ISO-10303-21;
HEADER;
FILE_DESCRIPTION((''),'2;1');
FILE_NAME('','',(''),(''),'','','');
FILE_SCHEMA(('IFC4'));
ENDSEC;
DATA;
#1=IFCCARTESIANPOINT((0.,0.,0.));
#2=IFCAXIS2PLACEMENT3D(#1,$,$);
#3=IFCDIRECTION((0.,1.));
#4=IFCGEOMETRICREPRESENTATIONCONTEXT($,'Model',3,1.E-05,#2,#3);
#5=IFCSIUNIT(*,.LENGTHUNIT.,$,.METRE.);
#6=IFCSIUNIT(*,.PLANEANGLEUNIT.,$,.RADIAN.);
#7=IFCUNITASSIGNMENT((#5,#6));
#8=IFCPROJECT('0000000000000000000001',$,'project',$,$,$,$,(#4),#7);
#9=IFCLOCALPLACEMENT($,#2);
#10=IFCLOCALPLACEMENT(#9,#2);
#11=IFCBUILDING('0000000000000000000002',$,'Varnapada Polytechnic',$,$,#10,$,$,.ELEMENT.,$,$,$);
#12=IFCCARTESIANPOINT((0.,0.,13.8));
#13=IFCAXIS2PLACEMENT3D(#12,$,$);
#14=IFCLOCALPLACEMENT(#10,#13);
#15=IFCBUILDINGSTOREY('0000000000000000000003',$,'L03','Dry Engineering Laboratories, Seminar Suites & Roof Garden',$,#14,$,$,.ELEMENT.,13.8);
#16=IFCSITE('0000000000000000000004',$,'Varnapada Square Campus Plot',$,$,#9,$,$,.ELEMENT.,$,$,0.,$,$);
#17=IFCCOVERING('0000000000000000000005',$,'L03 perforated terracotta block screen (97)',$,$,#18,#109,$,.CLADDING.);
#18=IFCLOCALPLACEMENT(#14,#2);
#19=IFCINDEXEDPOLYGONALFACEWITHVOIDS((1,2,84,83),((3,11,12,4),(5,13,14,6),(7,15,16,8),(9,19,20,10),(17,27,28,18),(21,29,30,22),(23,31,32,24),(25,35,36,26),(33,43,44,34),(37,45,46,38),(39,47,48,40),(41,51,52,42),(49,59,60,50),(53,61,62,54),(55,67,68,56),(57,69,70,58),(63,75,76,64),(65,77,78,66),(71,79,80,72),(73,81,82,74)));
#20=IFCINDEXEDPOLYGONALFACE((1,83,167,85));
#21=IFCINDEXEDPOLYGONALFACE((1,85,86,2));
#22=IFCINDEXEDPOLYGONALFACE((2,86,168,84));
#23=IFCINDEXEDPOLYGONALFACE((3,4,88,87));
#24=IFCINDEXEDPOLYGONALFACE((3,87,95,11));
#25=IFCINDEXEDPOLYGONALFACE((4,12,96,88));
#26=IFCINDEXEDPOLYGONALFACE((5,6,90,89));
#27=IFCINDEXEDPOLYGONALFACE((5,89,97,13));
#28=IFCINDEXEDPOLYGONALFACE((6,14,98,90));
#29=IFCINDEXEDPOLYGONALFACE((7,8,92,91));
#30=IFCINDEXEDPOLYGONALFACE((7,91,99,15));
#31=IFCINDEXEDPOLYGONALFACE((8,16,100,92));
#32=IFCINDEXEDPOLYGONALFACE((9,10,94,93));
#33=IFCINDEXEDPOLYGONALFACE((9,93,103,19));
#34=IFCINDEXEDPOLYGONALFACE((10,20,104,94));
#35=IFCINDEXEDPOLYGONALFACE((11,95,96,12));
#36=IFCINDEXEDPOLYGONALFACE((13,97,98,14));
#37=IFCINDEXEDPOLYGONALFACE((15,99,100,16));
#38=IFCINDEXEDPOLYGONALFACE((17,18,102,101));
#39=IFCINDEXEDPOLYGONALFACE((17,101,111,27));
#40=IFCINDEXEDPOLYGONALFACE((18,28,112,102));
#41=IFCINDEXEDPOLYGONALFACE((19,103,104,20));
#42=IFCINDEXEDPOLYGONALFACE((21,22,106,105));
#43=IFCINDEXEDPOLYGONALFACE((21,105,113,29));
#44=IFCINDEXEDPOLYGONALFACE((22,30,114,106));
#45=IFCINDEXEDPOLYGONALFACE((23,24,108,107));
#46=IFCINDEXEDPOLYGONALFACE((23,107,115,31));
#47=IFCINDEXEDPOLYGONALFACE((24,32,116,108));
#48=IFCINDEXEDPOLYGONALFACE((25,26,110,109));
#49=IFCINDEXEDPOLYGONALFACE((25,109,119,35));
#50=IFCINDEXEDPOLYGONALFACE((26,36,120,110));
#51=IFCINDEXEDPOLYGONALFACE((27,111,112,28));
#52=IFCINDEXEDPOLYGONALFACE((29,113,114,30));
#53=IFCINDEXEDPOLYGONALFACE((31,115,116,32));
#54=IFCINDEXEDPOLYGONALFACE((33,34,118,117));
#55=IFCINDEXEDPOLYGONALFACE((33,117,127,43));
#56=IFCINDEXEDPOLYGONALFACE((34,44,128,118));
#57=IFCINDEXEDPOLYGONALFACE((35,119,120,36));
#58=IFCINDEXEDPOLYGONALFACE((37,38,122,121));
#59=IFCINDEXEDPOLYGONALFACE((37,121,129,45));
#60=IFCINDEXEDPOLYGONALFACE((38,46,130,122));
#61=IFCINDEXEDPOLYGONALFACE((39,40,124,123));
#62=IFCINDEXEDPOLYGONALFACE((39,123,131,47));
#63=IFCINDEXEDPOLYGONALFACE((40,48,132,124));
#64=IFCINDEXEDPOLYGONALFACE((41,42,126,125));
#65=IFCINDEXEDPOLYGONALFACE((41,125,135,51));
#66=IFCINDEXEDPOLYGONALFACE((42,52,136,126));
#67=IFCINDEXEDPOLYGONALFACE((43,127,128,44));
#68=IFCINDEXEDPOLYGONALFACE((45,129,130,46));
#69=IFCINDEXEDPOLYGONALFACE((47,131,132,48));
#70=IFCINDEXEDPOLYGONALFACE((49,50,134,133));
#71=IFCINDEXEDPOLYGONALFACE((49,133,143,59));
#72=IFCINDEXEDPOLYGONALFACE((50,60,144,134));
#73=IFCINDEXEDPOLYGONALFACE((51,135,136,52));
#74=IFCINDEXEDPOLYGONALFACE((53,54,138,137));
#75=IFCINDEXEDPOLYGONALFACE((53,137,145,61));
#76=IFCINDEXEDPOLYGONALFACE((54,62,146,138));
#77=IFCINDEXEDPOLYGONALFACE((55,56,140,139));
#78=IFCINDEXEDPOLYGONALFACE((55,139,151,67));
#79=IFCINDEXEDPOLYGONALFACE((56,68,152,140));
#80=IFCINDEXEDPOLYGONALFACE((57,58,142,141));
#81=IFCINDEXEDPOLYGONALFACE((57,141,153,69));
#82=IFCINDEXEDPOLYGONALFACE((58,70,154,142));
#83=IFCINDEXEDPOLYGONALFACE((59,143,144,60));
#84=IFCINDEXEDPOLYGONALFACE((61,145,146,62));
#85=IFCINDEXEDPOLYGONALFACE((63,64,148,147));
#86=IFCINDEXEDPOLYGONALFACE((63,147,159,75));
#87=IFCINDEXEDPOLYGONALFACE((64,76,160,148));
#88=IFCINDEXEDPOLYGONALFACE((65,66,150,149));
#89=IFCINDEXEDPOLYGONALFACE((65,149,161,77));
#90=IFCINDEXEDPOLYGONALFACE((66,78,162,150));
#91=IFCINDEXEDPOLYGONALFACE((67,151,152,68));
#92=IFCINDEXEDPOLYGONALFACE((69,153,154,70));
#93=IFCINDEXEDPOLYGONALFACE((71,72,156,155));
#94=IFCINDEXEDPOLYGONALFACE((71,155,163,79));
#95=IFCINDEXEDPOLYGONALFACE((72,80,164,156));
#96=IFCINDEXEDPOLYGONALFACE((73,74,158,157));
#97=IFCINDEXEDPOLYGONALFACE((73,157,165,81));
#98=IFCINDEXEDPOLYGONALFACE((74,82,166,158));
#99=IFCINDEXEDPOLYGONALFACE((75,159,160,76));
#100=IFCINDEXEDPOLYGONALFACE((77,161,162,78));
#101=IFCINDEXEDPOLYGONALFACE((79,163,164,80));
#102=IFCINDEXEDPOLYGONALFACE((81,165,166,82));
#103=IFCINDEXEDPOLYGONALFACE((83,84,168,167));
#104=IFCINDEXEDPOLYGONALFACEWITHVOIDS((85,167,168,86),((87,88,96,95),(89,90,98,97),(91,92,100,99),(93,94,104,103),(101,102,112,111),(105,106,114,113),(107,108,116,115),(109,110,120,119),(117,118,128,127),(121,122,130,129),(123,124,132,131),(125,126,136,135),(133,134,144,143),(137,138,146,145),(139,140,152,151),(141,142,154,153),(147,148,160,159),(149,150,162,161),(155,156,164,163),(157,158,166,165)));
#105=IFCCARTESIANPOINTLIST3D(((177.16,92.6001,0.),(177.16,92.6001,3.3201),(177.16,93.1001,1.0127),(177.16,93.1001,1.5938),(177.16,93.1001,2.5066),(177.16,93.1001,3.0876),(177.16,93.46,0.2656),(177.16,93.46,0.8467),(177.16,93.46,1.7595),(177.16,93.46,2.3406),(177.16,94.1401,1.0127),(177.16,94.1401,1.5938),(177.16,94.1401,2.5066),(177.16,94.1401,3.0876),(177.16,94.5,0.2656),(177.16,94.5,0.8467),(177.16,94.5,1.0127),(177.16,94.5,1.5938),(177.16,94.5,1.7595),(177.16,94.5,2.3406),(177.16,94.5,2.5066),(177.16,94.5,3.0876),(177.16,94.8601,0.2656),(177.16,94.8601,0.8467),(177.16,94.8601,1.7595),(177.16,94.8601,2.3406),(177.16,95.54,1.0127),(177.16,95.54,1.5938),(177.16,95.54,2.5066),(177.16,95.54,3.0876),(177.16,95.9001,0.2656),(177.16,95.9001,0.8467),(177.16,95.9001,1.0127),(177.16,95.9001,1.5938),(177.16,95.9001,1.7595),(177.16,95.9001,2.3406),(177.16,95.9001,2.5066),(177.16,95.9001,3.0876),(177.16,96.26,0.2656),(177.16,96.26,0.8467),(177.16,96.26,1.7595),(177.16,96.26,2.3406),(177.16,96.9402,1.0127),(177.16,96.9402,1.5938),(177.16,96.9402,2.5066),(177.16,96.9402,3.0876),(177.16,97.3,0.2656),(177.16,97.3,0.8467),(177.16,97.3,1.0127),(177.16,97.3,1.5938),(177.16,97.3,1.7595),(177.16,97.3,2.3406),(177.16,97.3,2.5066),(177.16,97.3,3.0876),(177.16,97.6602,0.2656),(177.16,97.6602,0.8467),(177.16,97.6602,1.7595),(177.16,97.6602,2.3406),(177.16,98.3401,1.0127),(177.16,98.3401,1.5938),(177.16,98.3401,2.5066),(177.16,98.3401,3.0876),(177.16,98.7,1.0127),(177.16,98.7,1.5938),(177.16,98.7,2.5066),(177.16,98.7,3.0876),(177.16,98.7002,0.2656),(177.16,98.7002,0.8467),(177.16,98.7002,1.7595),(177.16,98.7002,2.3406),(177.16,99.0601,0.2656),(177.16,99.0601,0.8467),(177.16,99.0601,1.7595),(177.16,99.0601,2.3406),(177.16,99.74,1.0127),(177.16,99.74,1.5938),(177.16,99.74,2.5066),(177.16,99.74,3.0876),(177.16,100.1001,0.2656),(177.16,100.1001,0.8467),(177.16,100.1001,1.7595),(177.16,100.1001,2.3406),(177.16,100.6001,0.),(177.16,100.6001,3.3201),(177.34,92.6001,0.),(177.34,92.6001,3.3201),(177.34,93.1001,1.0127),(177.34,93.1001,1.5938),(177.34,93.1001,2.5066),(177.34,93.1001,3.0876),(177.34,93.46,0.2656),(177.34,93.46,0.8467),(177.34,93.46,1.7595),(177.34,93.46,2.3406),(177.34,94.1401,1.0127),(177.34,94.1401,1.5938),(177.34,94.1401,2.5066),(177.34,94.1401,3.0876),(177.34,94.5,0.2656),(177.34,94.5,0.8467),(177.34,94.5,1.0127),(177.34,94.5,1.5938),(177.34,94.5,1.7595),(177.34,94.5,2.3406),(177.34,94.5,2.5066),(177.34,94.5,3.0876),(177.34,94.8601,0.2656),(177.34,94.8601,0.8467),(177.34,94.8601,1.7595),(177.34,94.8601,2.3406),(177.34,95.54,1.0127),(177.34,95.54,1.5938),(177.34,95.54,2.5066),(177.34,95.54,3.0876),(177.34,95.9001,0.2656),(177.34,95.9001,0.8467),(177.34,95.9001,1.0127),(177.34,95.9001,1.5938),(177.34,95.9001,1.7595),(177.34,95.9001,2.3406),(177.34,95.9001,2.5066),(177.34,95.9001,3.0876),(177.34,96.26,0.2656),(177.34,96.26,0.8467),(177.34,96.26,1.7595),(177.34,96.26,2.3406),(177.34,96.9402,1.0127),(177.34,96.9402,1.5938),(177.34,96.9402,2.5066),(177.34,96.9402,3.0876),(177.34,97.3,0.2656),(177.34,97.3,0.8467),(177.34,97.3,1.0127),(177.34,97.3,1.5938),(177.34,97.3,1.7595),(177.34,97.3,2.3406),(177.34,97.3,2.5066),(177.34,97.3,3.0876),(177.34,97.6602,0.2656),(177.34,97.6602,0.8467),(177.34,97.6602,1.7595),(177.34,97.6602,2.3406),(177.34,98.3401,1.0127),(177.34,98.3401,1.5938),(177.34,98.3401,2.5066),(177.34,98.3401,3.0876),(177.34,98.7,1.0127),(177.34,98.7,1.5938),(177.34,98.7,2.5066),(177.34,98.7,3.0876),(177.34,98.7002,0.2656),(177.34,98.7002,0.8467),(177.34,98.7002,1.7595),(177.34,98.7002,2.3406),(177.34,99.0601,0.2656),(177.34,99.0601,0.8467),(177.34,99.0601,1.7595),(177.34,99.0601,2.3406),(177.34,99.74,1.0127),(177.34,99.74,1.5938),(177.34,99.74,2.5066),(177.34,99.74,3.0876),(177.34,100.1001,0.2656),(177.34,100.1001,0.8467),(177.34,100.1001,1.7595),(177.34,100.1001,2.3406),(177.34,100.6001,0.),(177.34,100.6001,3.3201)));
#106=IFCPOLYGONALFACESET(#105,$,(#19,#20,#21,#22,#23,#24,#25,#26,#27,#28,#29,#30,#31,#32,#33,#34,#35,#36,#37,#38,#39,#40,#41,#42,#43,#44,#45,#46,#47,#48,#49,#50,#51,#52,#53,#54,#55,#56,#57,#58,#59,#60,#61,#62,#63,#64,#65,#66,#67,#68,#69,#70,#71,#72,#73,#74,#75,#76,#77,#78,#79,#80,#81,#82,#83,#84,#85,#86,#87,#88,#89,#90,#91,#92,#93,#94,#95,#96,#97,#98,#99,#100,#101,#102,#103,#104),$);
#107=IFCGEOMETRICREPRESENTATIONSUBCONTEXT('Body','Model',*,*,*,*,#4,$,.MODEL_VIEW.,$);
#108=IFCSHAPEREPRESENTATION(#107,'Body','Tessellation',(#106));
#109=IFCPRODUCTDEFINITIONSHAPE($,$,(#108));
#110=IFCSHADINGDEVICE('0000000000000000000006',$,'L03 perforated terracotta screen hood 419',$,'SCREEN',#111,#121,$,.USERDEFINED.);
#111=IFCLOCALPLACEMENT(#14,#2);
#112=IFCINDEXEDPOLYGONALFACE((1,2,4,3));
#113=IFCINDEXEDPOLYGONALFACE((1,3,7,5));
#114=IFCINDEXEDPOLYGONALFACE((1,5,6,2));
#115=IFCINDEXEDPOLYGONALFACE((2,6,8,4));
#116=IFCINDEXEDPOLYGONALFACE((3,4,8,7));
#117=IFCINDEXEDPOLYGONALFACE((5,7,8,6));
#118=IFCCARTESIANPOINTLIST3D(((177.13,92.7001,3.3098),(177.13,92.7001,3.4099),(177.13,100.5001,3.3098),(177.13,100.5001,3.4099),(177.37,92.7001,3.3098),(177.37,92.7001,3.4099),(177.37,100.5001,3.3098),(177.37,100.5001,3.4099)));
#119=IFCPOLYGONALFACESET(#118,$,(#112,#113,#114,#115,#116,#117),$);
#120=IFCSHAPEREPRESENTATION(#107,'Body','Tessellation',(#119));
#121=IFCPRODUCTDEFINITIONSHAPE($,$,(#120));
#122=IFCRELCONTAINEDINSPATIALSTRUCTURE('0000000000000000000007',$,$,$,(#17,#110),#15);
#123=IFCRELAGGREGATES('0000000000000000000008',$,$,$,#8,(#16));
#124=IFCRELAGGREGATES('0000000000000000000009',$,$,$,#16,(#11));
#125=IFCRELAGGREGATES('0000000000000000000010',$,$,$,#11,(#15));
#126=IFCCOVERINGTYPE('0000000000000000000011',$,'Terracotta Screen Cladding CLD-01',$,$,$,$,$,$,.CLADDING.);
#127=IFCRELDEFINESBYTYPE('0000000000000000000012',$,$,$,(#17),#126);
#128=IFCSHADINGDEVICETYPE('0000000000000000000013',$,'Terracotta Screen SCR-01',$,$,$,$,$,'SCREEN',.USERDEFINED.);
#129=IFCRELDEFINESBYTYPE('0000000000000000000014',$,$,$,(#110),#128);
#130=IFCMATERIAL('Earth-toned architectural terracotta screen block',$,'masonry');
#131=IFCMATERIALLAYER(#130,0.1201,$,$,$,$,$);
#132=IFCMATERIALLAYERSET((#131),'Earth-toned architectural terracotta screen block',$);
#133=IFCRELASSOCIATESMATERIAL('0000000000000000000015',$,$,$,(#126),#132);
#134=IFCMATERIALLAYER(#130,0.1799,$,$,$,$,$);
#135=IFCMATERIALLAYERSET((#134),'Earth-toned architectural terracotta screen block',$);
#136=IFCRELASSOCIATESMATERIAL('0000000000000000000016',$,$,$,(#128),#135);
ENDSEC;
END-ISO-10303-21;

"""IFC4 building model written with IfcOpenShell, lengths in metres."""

from ifc_helpers import new_model, si_unit, direction, frame, frame_2d, origin, origin_2d, place, context, subcontext, project, spatial, rectangle, extrude, material, layer, layer_set, type_object, element, save


model = new_model("IFC4")

# Units and contexts
model_context = context("Model", 3, precision=1e-05, world=origin(), true_north=direction((0.0, 1.0)))
body_context = subcontext(model_context, "Body", "Model", "MODEL_VIEW")
ifc_project = project(units=[si_unit("LENGTHUNIT", "METRE"), si_unit("PLANEANGLEUNIT", "RADIAN")], contexts=[model_context])

# Site, building, storey
site_placement = place(None, origin())
site = spatial("IfcSite", under=ifc_project, at=site_placement, Name="Varnapada Square Campus Plot", CompositionType="ELEMENT", RefElevation=0.0)
building_placement = place(site_placement, origin())
building = spatial("IfcBuilding", under=site, at=building_placement, Name="Varnapada Polytechnic", CompositionType="ELEMENT")
storey_placement = place(building_placement, frame((0.0, 0.0, 13.8)))
storey = spatial("IfcBuildingStorey", under=building, at=storey_placement, Name="L03", Description="Dry Engineering Laboratories, Seminar Suites & Roof Garden", CompositionType="ELEMENT", Elevation=13.8)

# Covering, openings
ifc_material_1 = material(Name="Earth-toned architectural terracotta screen block", Category="masonry")
ifc_layer_1 = layer(ifc_material_1, 0.1201)
ifc_layer_set_1 = layer_set([ifc_layer_1], Name="Earth-toned architectural terracotta screen block")
covering_type_1 = type_object("IfcCoveringType", Name="Terracotta Screen Cladding CLD-01", PredefinedType="CLADDING", material=ifc_layer_set_1)
covering_1_placement = place(storey_placement, frame((177.25, 100.6001, 0.0), z_axis=(0.0, 0.0, 1.0), x_axis=(0.0, -1.0, 0.0)))
covering_1 = element("IfcCovering", 1, at=covering_1_placement, inside=storey, type_object=covering_type_1, Name="L03 perforated terracotta block screen (97)", PredefinedType="CLADDING", context=body_context, shape_type="SweptSolid", body=[
    extrude(rectangle(XDim=8.0, YDim=0.1799, at=frame_2d((4.0, 0.0))), origin(), (0.0, 0.0, 1.0), 3.3201),
])
opening_1_placement = place(covering_1_placement, frame((0.5, 0.0, 0.2656)))
element("IfcOpeningElement", 2, at=opening_1_placement, cuts=covering_1, PredefinedType="OPENING", context=body_context, shape_type="SweptSolid", body=[
    extrude(rectangle(XDim=1.04, YDim=0.5811, at=frame_2d((0.52, 0.2905))), frame((0.0, 0.0999, 0.0), z_axis=(0.0, -1.0, 0.0), x_axis=(1.0, 0.0, 0.0)), (0.0, 0.0, 1.0), 0.2),
])
opening_2_placement = place(covering_1_placement, frame((1.8999, 0.0, 0.2656)))
element("IfcOpeningElement", 3, at=opening_2_placement, cuts=covering_1, PredefinedType="OPENING", context=body_context, shape_type="SweptSolid", body=[
    extrude(rectangle(XDim=1.04, YDim=0.5811, at=frame_2d((0.52, 0.2905))), frame((0.0, 0.0999, 0.0), z_axis=(0.0, -1.0, 0.0), x_axis=(1.0, 0.0, 0.0)), (0.0, 0.0, 1.0), 0.2),
])
opening_3_placement = place(covering_1_placement, frame((3.3, 0.0, 0.2656)))
element("IfcOpeningElement", 4, at=opening_3_placement, cuts=covering_1, PredefinedType="OPENING", context=body_context, shape_type="SweptSolid", body=[
    extrude(rectangle(XDim=1.04, YDim=0.5811, at=frame_2d((0.52, 0.2905))), frame((0.0, 0.0999, 0.0), z_axis=(0.0, -1.0, 0.0), x_axis=(1.0, 0.0, 0.0)), (0.0, 0.0, 1.0), 0.2),
])
opening_4_placement = place(covering_1_placement, frame((4.7, 0.0, 0.2656)))
element("IfcOpeningElement", 5, at=opening_4_placement, cuts=covering_1, PredefinedType="OPENING", context=body_context, shape_type="SweptSolid", body=[
    extrude(rectangle(XDim=1.04, YDim=0.5811, at=frame_2d((0.52, 0.2905))), frame((0.0, 0.0999, 0.0), z_axis=(0.0, -1.0, 0.0), x_axis=(1.0, 0.0, 0.0)), (0.0, 0.0, 1.0), 0.2),
])
opening_5_placement = place(covering_1_placement, frame((6.1001, 0.0, 0.2656)))
element("IfcOpeningElement", 6, at=opening_5_placement, cuts=covering_1, PredefinedType="OPENING", context=body_context, shape_type="SweptSolid", body=[
    extrude(rectangle(XDim=1.04, YDim=0.5811, at=frame_2d((0.52, 0.2905))), frame((0.0, 0.0999, 0.0), z_axis=(0.0, -1.0, 0.0), x_axis=(1.0, 0.0, 0.0)), (0.0, 0.0, 1.0), 0.2),
])
opening_6_placement = place(covering_1_placement, frame((0.8601, 0.0, 1.0127)))
element("IfcOpeningElement", 7, at=opening_6_placement, cuts=covering_1, PredefinedType="OPENING", context=body_context, shape_type="SweptSolid", body=[
    extrude(rectangle(XDim=1.04, YDim=0.5811, at=frame_2d((0.52, 0.2905))), frame((0.0, 0.0999, 0.0), z_axis=(0.0, -1.0, 0.0), x_axis=(1.0, 0.0, 0.0)), (0.0, 0.0, 1.0), 0.2),
])
opening_7_placement = place(covering_1_placement, frame((2.26, 0.0, 1.0127)))
element("IfcOpeningElement", 8, at=opening_7_placement, cuts=covering_1, PredefinedType="OPENING", context=body_context, shape_type="SweptSolid", body=[
    extrude(rectangle(XDim=1.04, YDim=0.5811, at=frame_2d((0.52, 0.2905))), frame((0.0, 0.0999, 0.0), z_axis=(0.0, -1.0, 0.0), x_axis=(1.0, 0.0, 0.0)), (0.0, 0.0, 1.0), 0.2),
])
opening_8_placement = place(covering_1_placement, frame((3.6599, 0.0, 1.0127)))
element("IfcOpeningElement", 9, at=opening_8_placement, cuts=covering_1, PredefinedType="OPENING", context=body_context, shape_type="SweptSolid", body=[
    extrude(rectangle(XDim=1.04, YDim=0.5811, at=frame_2d((0.52, 0.2905))), frame((0.0, 0.0999, 0.0), z_axis=(0.0, -1.0, 0.0), x_axis=(1.0, 0.0, 0.0)), (0.0, 0.0, 1.0), 0.2),
])
opening_9_placement = place(covering_1_placement, frame((5.0601, 0.0, 1.0127)))
element("IfcOpeningElement", 10, at=opening_9_placement, cuts=covering_1, PredefinedType="OPENING", context=body_context, shape_type="SweptSolid", body=[
    extrude(rectangle(XDim=1.04, YDim=0.5811, at=frame_2d((0.52, 0.2905))), frame((0.0, 0.0999, 0.0), z_axis=(0.0, -1.0, 0.0), x_axis=(1.0, 0.0, 0.0)), (0.0, 0.0, 1.0), 0.2),
])
opening_10_placement = place(covering_1_placement, frame((6.46, 0.0, 1.0127)))
element("IfcOpeningElement", 11, at=opening_10_placement, cuts=covering_1, PredefinedType="OPENING", context=body_context, shape_type="SweptSolid", body=[
    extrude(rectangle(XDim=1.04, YDim=0.5811, at=frame_2d((0.52, 0.2905))), frame((0.0, 0.0999, 0.0), z_axis=(0.0, -1.0, 0.0), x_axis=(1.0, 0.0, 0.0)), (0.0, 0.0, 1.0), 0.2),
])
opening_11_placement = place(covering_1_placement, frame((0.5, 0.0, 1.7595)))
element("IfcOpeningElement", 12, at=opening_11_placement, cuts=covering_1, PredefinedType="OPENING", context=body_context, shape_type="SweptSolid", body=[
    extrude(rectangle(XDim=1.04, YDim=0.5811, at=frame_2d((0.52, 0.2905))), frame((0.0, 0.0999, 0.0), z_axis=(0.0, -1.0, 0.0), x_axis=(1.0, 0.0, 0.0)), (0.0, 0.0, 1.0), 0.2),
])
opening_12_placement = place(covering_1_placement, frame((1.8999, 0.0, 1.7595)))
element("IfcOpeningElement", 13, at=opening_12_placement, cuts=covering_1, PredefinedType="OPENING", context=body_context, shape_type="SweptSolid", body=[
    extrude(rectangle(XDim=1.04, YDim=0.5811, at=frame_2d((0.52, 0.2905))), frame((0.0, 0.0999, 0.0), z_axis=(0.0, -1.0, 0.0), x_axis=(1.0, 0.0, 0.0)), (0.0, 0.0, 1.0), 0.2),
])
opening_13_placement = place(covering_1_placement, frame((3.3, 0.0, 1.7595)))
element("IfcOpeningElement", 14, at=opening_13_placement, cuts=covering_1, PredefinedType="OPENING", context=body_context, shape_type="SweptSolid", body=[
    extrude(rectangle(XDim=1.04, YDim=0.5811, at=frame_2d((0.52, 0.2905))), frame((0.0, 0.0999, 0.0), z_axis=(0.0, -1.0, 0.0), x_axis=(1.0, 0.0, 0.0)), (0.0, 0.0, 1.0), 0.2),
])
opening_14_placement = place(covering_1_placement, frame((4.7, 0.0, 1.7595)))
element("IfcOpeningElement", 15, at=opening_14_placement, cuts=covering_1, PredefinedType="OPENING", context=body_context, shape_type="SweptSolid", body=[
    extrude(rectangle(XDim=1.04, YDim=0.5811, at=frame_2d((0.52, 0.2905))), frame((0.0, 0.0999, 0.0), z_axis=(0.0, -1.0, 0.0), x_axis=(1.0, 0.0, 0.0)), (0.0, 0.0, 1.0), 0.2),
])
opening_15_placement = place(covering_1_placement, frame((6.1001, 0.0, 1.7595)))
element("IfcOpeningElement", 16, at=opening_15_placement, cuts=covering_1, PredefinedType="OPENING", context=body_context, shape_type="SweptSolid", body=[
    extrude(rectangle(XDim=1.04, YDim=0.5811, at=frame_2d((0.52, 0.2905))), frame((0.0, 0.0999, 0.0), z_axis=(0.0, -1.0, 0.0), x_axis=(1.0, 0.0, 0.0)), (0.0, 0.0, 1.0), 0.2),
])
opening_16_placement = place(covering_1_placement, frame((0.8601, 0.0, 2.5066)))
element("IfcOpeningElement", 17, at=opening_16_placement, cuts=covering_1, PredefinedType="OPENING", context=body_context, shape_type="SweptSolid", body=[
    extrude(rectangle(XDim=1.04, YDim=0.5811, at=frame_2d((0.52, 0.2905))), frame((0.0, 0.0999, 0.0), z_axis=(0.0, -1.0, 0.0), x_axis=(1.0, 0.0, 0.0)), (0.0, 0.0, 1.0), 0.2),
])
opening_17_placement = place(covering_1_placement, frame((2.26, 0.0, 2.5066)))
element("IfcOpeningElement", 18, at=opening_17_placement, cuts=covering_1, PredefinedType="OPENING", context=body_context, shape_type="SweptSolid", body=[
    extrude(rectangle(XDim=1.04, YDim=0.5811, at=frame_2d((0.52, 0.2905))), frame((0.0, 0.0999, 0.0), z_axis=(0.0, -1.0, 0.0), x_axis=(1.0, 0.0, 0.0)), (0.0, 0.0, 1.0), 0.2),
])
opening_18_placement = place(covering_1_placement, frame((3.6599, 0.0, 2.5066)))
element("IfcOpeningElement", 19, at=opening_18_placement, cuts=covering_1, PredefinedType="OPENING", context=body_context, shape_type="SweptSolid", body=[
    extrude(rectangle(XDim=1.04, YDim=0.5811, at=frame_2d((0.52, 0.2905))), frame((0.0, 0.0999, 0.0), z_axis=(0.0, -1.0, 0.0), x_axis=(1.0, 0.0, 0.0)), (0.0, 0.0, 1.0), 0.2),
])
opening_19_placement = place(covering_1_placement, frame((5.0601, 0.0, 2.5066)))
element("IfcOpeningElement", 20, at=opening_19_placement, cuts=covering_1, PredefinedType="OPENING", context=body_context, shape_type="SweptSolid", body=[
    extrude(rectangle(XDim=1.04, YDim=0.5811, at=frame_2d((0.52, 0.2905))), frame((0.0, 0.0999, 0.0), z_axis=(0.0, -1.0, 0.0), x_axis=(1.0, 0.0, 0.0)), (0.0, 0.0, 1.0), 0.2),
])
opening_20_placement = place(covering_1_placement, frame((6.46, 0.0, 2.5066)))
element("IfcOpeningElement", 21, at=opening_20_placement, cuts=covering_1, PredefinedType="OPENING", context=body_context, shape_type="SweptSolid", body=[
    extrude(rectangle(XDim=1.04, YDim=0.5811, at=frame_2d((0.52, 0.2905))), frame((0.0, 0.0999, 0.0), z_axis=(0.0, -1.0, 0.0), x_axis=(1.0, 0.0, 0.0)), (0.0, 0.0, 1.0), 0.2),
])

# Shading device
ifc_layer_2 = layer(ifc_material_1, 0.1799)
ifc_layer_set_2 = layer_set([ifc_layer_2], Name="Earth-toned architectural terracotta screen block")
shading_device_type = type_object("IfcShadingDeviceType", Name="Terracotta Screen SCR-01", ElementType="SCREEN", PredefinedType="USERDEFINED", material=ifc_layer_set_2)
shading_device_placement = place(storey_placement, frame((177.25, 96.6001, 3.3098), z_axis=(0.0, 0.0, 1.0), x_axis=(0.0, -1.0, 0.0)))
element("IfcShadingDevice", 22, at=shading_device_placement, inside=storey, type_object=shading_device_type, Name="L03 perforated terracotta screen hood 419", ObjectType="SCREEN", PredefinedType="USERDEFINED", context=body_context, shape_type="SweptSolid", body=[
    extrude(rectangle(XDim=7.8, YDim=0.24, at=origin_2d()), origin(), (0.0, 0.0, 1.0), 0.1001),
])

save(model, "model.ifc")
